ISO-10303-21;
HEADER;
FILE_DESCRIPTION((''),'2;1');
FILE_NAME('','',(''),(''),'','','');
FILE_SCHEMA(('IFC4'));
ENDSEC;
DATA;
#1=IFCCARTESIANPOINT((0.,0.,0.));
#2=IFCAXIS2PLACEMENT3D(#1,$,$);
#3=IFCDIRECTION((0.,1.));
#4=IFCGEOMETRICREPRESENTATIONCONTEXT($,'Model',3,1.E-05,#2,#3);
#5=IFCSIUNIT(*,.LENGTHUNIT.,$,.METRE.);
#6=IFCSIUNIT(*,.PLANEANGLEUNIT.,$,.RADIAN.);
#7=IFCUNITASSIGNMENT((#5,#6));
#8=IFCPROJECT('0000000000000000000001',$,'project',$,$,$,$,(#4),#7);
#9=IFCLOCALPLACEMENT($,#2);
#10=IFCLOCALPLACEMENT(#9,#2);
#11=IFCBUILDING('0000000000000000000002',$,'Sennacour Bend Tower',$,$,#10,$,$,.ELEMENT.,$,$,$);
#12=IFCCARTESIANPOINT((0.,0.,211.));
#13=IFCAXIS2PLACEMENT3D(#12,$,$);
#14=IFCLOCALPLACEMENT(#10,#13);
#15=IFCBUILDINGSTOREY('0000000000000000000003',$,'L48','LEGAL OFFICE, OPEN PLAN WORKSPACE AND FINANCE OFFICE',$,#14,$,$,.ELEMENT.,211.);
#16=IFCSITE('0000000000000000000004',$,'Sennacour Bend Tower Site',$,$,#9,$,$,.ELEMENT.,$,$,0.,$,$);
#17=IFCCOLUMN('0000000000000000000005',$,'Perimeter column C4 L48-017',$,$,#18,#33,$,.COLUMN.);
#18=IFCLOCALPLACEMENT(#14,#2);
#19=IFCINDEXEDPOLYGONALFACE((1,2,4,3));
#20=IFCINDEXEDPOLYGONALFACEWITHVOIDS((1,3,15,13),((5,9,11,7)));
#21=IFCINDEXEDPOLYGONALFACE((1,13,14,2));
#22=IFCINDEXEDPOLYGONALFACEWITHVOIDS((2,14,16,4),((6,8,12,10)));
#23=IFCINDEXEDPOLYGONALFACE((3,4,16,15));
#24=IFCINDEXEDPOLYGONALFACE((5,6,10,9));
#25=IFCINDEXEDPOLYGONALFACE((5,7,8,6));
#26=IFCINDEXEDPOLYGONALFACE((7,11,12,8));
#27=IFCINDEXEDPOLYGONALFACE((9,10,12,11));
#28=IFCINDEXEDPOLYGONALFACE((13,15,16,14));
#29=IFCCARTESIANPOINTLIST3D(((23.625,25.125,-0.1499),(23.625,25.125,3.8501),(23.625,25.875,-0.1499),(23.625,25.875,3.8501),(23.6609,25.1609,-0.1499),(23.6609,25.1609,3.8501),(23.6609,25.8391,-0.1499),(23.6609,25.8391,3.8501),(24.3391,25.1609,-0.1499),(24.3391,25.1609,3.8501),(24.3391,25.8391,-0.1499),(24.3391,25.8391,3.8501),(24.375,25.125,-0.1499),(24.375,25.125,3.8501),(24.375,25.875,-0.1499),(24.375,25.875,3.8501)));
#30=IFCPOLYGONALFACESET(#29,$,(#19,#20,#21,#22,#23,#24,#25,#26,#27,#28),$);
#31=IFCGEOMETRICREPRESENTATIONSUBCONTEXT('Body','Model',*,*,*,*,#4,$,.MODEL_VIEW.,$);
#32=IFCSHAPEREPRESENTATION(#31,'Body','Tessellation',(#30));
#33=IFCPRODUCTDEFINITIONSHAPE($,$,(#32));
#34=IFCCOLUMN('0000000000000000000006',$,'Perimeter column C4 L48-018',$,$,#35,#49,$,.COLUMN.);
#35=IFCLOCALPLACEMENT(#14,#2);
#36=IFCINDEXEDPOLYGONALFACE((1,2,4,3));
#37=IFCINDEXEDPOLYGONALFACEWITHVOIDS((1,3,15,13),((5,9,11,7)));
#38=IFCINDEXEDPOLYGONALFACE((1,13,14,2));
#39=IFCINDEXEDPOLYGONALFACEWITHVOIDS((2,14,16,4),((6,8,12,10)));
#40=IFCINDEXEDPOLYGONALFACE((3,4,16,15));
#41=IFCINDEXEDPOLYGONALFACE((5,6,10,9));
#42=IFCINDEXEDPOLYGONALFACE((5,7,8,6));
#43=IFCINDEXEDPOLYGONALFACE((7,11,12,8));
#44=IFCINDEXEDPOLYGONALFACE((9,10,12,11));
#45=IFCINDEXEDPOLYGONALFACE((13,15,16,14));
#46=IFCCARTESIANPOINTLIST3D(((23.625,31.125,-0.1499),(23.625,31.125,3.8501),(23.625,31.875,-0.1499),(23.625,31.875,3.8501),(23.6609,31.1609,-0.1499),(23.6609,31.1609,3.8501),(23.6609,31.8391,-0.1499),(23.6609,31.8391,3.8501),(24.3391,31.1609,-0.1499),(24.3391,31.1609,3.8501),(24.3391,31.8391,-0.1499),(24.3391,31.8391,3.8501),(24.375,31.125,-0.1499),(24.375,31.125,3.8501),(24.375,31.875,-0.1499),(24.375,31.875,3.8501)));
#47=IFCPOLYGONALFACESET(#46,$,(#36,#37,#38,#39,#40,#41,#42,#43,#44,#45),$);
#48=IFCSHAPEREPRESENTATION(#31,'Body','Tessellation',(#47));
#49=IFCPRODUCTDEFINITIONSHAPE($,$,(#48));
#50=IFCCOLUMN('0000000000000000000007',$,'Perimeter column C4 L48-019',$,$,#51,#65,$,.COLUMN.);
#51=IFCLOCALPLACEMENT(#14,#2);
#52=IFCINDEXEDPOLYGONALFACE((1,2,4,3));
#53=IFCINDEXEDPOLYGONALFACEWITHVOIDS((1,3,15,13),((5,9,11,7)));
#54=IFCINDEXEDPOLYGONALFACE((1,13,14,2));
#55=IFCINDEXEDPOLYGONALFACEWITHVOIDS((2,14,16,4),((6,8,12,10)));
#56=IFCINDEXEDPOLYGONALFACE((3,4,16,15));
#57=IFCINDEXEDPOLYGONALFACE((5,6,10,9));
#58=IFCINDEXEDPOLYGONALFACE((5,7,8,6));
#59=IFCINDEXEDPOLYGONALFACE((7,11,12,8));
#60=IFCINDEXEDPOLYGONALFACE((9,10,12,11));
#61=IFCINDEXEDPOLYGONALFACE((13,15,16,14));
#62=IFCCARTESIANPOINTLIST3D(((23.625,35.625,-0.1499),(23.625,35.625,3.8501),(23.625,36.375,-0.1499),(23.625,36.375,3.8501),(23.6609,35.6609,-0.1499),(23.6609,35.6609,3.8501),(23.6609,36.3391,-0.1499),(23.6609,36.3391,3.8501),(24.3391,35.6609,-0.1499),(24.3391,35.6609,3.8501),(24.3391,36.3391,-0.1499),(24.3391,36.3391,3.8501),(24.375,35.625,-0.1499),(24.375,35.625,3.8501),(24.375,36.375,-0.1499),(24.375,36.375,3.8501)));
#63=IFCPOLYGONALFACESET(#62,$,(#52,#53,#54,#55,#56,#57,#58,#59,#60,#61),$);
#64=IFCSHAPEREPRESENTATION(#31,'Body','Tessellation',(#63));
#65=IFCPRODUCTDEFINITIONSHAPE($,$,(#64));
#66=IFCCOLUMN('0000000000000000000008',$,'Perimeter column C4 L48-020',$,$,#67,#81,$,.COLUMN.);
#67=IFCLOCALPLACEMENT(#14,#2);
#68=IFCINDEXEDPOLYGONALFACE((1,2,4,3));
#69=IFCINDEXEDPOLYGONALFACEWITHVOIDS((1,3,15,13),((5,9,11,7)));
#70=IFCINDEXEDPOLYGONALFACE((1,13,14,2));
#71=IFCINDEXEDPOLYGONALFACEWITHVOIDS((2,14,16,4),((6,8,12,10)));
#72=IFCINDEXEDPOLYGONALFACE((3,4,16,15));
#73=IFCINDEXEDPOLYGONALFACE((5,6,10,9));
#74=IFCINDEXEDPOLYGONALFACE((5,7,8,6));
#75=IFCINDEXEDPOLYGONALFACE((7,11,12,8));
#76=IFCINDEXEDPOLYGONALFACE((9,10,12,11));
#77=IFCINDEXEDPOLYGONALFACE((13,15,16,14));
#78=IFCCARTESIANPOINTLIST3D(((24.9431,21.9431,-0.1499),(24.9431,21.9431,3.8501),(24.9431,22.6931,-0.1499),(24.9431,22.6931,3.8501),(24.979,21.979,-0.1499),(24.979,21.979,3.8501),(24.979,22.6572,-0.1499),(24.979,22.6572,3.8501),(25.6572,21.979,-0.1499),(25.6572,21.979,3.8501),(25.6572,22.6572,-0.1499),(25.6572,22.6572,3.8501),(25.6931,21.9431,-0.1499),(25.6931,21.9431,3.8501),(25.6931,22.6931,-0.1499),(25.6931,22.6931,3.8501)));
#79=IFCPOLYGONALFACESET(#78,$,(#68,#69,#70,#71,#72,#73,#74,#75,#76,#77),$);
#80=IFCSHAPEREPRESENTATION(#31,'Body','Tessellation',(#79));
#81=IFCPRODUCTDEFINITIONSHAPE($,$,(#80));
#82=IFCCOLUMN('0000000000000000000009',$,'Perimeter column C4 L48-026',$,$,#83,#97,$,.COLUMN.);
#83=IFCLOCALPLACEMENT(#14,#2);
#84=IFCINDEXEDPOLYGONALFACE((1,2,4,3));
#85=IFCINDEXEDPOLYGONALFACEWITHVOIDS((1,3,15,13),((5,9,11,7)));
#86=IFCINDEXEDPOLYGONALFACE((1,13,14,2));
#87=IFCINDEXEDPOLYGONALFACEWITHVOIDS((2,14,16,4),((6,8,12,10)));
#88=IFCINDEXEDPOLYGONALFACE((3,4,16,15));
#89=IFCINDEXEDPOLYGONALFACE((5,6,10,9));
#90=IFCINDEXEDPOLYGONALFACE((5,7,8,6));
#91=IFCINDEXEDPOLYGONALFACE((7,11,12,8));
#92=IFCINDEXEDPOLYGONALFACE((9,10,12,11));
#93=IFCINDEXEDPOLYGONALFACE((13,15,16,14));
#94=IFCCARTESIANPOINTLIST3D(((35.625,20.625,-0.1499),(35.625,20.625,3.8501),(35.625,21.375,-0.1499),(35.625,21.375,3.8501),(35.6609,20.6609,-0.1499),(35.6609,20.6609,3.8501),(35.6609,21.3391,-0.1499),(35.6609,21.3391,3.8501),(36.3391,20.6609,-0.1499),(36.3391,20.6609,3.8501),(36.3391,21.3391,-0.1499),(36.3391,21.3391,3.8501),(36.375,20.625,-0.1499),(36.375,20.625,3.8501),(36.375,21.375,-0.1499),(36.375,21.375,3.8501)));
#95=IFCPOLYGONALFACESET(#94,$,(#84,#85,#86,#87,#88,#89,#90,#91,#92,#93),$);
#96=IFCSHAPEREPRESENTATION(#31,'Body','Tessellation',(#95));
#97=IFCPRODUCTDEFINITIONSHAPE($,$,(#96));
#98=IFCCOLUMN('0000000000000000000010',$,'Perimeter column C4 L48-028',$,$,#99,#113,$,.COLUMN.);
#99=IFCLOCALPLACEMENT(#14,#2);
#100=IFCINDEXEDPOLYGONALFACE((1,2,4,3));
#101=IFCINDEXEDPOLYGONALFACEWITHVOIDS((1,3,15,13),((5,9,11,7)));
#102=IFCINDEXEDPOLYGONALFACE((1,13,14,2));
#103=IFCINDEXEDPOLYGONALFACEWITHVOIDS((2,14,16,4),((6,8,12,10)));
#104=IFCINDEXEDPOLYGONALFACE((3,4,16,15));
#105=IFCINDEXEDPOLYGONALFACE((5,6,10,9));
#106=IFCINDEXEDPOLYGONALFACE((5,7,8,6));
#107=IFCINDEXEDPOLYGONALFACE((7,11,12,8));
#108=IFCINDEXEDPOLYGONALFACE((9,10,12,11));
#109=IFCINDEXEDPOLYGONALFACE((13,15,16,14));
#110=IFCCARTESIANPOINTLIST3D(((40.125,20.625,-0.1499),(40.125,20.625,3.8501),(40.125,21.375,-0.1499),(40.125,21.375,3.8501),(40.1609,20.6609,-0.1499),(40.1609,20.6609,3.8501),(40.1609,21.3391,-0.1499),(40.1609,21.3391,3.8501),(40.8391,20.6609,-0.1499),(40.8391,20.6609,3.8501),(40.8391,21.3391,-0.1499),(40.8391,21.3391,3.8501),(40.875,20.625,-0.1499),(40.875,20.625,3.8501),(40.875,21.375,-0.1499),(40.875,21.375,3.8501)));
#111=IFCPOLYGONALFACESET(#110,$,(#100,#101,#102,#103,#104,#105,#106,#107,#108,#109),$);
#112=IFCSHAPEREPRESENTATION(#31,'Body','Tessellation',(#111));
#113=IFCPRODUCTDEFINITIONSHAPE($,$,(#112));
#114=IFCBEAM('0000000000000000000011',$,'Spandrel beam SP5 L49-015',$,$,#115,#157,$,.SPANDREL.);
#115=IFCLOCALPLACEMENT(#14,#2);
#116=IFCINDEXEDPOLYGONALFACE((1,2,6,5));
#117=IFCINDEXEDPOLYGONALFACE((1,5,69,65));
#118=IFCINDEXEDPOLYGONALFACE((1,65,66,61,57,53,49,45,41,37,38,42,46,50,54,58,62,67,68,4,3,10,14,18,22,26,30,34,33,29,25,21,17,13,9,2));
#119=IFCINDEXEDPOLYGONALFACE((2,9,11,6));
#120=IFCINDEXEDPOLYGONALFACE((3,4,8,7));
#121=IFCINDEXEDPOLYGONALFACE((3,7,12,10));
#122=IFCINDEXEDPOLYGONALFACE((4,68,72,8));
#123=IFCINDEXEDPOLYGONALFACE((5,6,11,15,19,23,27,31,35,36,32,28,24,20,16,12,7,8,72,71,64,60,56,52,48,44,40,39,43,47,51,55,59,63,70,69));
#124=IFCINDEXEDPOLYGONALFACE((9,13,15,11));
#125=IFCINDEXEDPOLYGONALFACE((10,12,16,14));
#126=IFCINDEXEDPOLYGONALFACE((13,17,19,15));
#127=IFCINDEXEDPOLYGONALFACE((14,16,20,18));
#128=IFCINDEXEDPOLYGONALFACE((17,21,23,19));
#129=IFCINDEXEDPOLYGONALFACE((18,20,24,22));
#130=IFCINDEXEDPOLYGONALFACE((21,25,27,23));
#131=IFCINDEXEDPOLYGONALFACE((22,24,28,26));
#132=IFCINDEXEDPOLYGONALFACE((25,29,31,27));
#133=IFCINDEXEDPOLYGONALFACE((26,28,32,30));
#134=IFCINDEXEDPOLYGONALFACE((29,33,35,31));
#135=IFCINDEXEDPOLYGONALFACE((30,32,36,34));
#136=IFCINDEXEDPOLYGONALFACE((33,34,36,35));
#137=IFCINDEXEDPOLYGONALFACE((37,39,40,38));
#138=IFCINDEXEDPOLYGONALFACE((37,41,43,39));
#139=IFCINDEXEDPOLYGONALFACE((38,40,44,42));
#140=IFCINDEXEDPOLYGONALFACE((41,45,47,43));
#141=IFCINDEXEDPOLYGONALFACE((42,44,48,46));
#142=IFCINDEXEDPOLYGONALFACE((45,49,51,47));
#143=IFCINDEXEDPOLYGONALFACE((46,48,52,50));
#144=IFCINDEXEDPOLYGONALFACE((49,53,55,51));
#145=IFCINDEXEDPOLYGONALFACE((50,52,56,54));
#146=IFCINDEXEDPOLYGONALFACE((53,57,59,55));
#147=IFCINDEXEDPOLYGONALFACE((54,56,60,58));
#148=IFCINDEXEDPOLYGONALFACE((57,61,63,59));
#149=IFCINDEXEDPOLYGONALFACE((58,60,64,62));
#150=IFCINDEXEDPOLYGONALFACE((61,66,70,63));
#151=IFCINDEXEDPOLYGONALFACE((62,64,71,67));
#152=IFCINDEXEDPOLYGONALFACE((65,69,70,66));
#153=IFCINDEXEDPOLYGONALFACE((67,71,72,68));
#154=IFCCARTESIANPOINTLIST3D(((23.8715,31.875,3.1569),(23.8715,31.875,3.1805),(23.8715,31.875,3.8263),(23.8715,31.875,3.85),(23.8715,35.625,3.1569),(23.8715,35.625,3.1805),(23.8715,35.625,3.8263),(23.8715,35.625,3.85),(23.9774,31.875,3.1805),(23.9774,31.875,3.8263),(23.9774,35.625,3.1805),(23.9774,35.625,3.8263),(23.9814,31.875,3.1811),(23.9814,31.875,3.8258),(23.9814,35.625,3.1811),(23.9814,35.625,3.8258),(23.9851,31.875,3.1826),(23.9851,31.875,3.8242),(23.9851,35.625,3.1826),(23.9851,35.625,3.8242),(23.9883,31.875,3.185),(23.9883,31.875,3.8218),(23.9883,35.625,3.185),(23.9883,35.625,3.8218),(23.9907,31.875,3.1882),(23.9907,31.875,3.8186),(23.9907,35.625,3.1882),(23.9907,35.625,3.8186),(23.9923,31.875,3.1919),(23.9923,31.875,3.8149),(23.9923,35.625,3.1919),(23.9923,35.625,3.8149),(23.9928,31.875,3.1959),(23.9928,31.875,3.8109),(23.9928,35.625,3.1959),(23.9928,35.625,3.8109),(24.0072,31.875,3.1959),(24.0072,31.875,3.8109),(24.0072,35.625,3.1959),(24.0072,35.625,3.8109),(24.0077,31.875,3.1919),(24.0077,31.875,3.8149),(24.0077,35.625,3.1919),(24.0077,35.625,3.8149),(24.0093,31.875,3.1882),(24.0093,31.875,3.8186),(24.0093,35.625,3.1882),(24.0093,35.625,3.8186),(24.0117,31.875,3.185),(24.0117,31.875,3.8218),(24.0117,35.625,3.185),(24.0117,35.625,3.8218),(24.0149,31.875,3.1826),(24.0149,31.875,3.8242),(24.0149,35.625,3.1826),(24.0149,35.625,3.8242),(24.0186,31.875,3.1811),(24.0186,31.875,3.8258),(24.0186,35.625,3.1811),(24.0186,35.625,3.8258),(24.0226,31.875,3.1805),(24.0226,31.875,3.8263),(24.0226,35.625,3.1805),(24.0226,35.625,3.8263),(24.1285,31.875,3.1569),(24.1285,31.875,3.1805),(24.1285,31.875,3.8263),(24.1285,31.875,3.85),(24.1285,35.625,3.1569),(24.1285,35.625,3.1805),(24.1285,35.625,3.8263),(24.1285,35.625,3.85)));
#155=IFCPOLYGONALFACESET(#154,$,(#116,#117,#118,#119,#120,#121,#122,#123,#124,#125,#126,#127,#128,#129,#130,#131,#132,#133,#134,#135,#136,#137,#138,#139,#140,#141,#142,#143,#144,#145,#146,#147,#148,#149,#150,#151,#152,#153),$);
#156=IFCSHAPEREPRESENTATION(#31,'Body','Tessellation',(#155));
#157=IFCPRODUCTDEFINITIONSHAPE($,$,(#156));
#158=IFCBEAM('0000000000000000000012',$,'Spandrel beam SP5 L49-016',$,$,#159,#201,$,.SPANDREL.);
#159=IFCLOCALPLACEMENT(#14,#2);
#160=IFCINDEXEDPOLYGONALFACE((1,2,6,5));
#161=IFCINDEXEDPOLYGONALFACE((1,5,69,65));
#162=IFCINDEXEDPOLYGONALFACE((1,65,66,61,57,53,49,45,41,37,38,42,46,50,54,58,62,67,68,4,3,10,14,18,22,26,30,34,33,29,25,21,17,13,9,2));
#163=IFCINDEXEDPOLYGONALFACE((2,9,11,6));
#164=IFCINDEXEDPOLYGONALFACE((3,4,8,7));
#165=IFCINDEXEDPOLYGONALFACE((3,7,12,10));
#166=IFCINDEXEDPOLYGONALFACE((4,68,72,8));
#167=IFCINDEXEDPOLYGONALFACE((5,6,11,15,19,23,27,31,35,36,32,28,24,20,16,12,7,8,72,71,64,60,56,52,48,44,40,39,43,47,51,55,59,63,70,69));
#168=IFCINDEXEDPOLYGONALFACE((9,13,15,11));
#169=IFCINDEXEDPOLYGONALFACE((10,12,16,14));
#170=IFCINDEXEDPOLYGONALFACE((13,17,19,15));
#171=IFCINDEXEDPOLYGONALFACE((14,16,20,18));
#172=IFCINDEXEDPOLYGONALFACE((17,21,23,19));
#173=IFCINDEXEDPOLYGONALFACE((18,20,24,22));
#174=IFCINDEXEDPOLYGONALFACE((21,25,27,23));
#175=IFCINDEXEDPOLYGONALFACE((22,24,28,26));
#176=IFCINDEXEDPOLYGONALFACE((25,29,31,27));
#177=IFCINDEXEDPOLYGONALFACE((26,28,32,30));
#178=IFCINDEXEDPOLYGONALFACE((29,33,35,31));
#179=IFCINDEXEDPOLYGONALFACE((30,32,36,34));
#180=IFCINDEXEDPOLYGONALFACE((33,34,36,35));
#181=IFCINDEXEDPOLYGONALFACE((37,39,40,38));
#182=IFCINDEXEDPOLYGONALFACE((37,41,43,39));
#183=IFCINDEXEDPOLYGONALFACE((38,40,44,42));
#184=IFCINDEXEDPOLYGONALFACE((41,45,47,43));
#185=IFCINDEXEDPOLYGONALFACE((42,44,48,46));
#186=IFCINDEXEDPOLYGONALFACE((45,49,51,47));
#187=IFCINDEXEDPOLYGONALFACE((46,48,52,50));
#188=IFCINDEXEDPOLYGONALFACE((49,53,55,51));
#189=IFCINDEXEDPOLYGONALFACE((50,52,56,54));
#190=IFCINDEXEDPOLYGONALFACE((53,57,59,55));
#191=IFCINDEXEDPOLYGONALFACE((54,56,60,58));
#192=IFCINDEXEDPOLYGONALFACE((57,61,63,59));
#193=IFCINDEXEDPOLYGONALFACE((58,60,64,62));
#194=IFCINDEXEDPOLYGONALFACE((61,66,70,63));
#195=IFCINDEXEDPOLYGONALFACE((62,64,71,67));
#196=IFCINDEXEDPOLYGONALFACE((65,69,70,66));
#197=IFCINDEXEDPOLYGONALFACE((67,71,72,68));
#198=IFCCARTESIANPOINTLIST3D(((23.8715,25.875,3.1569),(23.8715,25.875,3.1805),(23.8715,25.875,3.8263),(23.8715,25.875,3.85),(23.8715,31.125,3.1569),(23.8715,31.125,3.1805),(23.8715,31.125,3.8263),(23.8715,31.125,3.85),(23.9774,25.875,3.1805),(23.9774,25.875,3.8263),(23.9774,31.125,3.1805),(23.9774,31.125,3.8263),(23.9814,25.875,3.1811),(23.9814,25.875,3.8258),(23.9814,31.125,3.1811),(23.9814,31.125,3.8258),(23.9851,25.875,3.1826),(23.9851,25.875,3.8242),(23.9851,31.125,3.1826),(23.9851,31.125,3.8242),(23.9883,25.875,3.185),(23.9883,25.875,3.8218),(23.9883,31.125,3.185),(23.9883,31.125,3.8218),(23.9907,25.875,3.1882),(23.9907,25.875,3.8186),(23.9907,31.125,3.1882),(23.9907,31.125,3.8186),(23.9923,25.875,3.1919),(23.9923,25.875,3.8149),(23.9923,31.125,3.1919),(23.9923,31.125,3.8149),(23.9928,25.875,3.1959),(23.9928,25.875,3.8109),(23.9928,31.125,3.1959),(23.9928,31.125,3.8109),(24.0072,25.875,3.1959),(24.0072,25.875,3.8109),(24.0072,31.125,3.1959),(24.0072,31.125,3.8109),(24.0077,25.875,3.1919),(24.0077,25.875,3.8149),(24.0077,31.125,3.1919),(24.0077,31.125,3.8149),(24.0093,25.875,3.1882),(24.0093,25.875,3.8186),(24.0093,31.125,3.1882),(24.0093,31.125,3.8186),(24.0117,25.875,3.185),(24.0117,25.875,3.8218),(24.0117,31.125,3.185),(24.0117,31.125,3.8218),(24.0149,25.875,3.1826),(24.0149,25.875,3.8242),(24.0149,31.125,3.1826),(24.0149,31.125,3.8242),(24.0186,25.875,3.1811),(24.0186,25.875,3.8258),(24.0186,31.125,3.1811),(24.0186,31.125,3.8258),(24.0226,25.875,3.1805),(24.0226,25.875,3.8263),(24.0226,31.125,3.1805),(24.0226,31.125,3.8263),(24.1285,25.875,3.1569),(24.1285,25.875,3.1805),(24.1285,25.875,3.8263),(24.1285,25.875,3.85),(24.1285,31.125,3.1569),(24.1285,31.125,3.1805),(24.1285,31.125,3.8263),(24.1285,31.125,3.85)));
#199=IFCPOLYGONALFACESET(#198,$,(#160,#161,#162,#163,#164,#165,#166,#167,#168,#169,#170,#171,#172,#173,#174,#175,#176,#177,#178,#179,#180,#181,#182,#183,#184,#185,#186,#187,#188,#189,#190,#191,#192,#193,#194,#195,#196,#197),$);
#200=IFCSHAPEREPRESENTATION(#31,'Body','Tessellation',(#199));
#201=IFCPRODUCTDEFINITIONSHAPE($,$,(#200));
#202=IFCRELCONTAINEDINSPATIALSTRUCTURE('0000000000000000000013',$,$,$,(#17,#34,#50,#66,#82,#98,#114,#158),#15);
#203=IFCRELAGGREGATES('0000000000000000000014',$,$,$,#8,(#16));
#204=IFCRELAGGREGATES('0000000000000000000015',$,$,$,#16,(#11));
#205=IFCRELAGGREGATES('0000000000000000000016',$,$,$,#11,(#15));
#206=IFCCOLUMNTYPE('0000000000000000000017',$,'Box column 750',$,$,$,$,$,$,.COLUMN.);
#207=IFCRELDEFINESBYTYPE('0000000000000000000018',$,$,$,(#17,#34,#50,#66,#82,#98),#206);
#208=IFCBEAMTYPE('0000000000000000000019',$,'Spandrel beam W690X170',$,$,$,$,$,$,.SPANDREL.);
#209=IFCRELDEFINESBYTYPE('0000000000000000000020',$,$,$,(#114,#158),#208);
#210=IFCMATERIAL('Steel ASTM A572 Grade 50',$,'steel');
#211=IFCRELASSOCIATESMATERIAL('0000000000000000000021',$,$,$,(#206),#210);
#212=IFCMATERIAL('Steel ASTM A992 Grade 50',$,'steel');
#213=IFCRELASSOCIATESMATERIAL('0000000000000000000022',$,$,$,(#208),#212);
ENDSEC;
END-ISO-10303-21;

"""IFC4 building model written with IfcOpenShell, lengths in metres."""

from ifc_helpers import new_model, si_unit, direction, frame, origin, origin_2d, place, context, subcontext, project, spatial, hollow_rectangle, i_section, extrude, material, material_profile, profile_set, type_object, element, save


model = new_model("IFC4")

# Units and contexts
model_context = context("Model", 3, precision=1e-05, world=origin(), true_north=direction((0.0, 1.0)))
body_context = subcontext(model_context, "Body", "Model", "MODEL_VIEW")
ifc_project = project(units=[si_unit("LENGTHUNIT", "METRE"), si_unit("PLANEANGLEUNIT", "RADIAN")], contexts=[model_context])

# Site, building, storey
site_placement = place(None, origin())
site = spatial("IfcSite", under=ifc_project, at=site_placement, Name="Sennacour Bend Tower Site", CompositionType="ELEMENT", RefElevation=0.0)
building_placement = place(site_placement, origin())
building = spatial("IfcBuilding", under=site, at=building_placement, Name="Sennacour Bend Tower", CompositionType="ELEMENT")
storey_placement = place(building_placement, frame((0.0, 0.0, 211.0)))
storey = spatial("IfcBuildingStorey", under=building, at=storey_placement, Name="L48", Description="LEGAL OFFICE, OPEN PLAN WORKSPACE AND FINANCE OFFICE", CompositionType="ELEMENT", Elevation=211.0)

# Columns
ifc_material_1 = material(Name="Steel ASTM A572 Grade 50", Category="steel")
ifc_material_profile_1 = material_profile(ifc_material_1, hollow_rectangle(XDim=0.75, YDim=0.75, WallThickness=0.0359, at=origin_2d()), Name="Steel ASTM A572 Grade 50", Category="steel")
ifc_profile_set_1 = profile_set([ifc_material_profile_1], Name="Steel ASTM A572 Grade 50")
column_type = type_object("IfcColumnType", Name="Box column 750", PredefinedType="COLUMN", material=ifc_profile_set_1)
for number, where, z_axis, x_axis, name in (
    (1, (24.0, 25.5, -0.1499), (0.0, 0.0, 1.0), (1.0, 0.0, 0.0), "Perimeter column C4 L48-017"),
    (2, (24.0, 31.5, -0.1499), (0.0, 0.0, 1.0), (1.0, 0.0, 0.0), "Perimeter column C4 L48-018"),
    (3, (24.0, 36.0, -0.1499), (0.0, 0.0, 1.0), (1.0, 0.0, 0.0), "Perimeter column C4 L48-019"),
    (4, (25.3181, 22.3181, -0.1499), (0.0, 0.0, 1.0), (1.0, 0.0, 0.0), "Perimeter column C4 L48-020"),
    (5, (36.0, 21.0, -0.1499), (0.0, 0.0, 1.0), (1.0, 0.0, 0.0), "Perimeter column C4 L48-026"),
    (6, (40.5, 21.0, -0.1499), (0.0, 0.0, 1.0), (1.0, 0.0, 0.0), "Perimeter column C4 L48-028"),
):
    element("IfcColumn", number, at=place(storey_placement, frame(where, z_axis=z_axis, x_axis=x_axis)), inside=storey, type_object=column_type, Name=name, PredefinedType="COLUMN", context=body_context, shape_type="SweptSolid", body=[
        extrude(hollow_rectangle(XDim=0.75, YDim=0.75, WallThickness=0.0359, at=origin_2d()), origin(), (0.0, 0.0, 1.0), 4.0),
    ])

# Beams
ifc_material_2 = material(Name="Steel ASTM A992 Grade 50", Category="steel")
ifc_material_profile_2 = material_profile(ifc_material_2, i_section(OverallWidth=0.2571, OverallDepth=0.6931, WebThickness=0.0144, FlangeThickness=0.0237, FilletRadius=0.0154, at=origin_2d()), Name="Steel ASTM A992 Grade 50", Category="steel")
ifc_profile_set_2 = profile_set([ifc_material_profile_2], Name="Steel ASTM A992 Grade 50")
beam_type = type_object("IfcBeamType", Name="Spandrel beam W690X170", PredefinedType="SPANDREL", material=ifc_profile_set_2)
beam_1_placement = place(storey_placement, frame((24.0, 35.625, 3.5034), z_axis=(0.0, -1.0, 0.0), x_axis=(1.0, 0.0, 0.0)))
element("IfcBeam", 7, at=beam_1_placement, inside=storey, type_object=beam_type, Name="Spandrel beam SP5 L49-015", PredefinedType="SPANDREL", context=body_context, shape_type="SweptSolid", body=[
    extrude(i_section(OverallWidth=0.2571, OverallDepth=0.6931, WebThickness=0.0144, FlangeThickness=0.0237, FilletRadius=0.0154, at=origin_2d()), origin(), (0.0, 0.0, 1.0), 3.75),
])
beam_2_placement = place(storey_placement, frame((24.0, 31.125, 3.5034), z_axis=(0.0, -1.0, 0.0), x_axis=(1.0, 0.0, 0.0)))
element("IfcBeam", 8, at=beam_2_placement, inside=storey, type_object=beam_type, Name="Spandrel beam SP5 L49-016", PredefinedType="SPANDREL", context=body_context, shape_type="SweptSolid", body=[
    extrude(i_section(OverallWidth=0.2571, OverallDepth=0.6931, WebThickness=0.0144, FlangeThickness=0.0237, FilletRadius=0.0154, at=origin_2d()), origin(), (0.0, 0.0, 1.0), 5.25),
])

save(model, "model.ifc")
